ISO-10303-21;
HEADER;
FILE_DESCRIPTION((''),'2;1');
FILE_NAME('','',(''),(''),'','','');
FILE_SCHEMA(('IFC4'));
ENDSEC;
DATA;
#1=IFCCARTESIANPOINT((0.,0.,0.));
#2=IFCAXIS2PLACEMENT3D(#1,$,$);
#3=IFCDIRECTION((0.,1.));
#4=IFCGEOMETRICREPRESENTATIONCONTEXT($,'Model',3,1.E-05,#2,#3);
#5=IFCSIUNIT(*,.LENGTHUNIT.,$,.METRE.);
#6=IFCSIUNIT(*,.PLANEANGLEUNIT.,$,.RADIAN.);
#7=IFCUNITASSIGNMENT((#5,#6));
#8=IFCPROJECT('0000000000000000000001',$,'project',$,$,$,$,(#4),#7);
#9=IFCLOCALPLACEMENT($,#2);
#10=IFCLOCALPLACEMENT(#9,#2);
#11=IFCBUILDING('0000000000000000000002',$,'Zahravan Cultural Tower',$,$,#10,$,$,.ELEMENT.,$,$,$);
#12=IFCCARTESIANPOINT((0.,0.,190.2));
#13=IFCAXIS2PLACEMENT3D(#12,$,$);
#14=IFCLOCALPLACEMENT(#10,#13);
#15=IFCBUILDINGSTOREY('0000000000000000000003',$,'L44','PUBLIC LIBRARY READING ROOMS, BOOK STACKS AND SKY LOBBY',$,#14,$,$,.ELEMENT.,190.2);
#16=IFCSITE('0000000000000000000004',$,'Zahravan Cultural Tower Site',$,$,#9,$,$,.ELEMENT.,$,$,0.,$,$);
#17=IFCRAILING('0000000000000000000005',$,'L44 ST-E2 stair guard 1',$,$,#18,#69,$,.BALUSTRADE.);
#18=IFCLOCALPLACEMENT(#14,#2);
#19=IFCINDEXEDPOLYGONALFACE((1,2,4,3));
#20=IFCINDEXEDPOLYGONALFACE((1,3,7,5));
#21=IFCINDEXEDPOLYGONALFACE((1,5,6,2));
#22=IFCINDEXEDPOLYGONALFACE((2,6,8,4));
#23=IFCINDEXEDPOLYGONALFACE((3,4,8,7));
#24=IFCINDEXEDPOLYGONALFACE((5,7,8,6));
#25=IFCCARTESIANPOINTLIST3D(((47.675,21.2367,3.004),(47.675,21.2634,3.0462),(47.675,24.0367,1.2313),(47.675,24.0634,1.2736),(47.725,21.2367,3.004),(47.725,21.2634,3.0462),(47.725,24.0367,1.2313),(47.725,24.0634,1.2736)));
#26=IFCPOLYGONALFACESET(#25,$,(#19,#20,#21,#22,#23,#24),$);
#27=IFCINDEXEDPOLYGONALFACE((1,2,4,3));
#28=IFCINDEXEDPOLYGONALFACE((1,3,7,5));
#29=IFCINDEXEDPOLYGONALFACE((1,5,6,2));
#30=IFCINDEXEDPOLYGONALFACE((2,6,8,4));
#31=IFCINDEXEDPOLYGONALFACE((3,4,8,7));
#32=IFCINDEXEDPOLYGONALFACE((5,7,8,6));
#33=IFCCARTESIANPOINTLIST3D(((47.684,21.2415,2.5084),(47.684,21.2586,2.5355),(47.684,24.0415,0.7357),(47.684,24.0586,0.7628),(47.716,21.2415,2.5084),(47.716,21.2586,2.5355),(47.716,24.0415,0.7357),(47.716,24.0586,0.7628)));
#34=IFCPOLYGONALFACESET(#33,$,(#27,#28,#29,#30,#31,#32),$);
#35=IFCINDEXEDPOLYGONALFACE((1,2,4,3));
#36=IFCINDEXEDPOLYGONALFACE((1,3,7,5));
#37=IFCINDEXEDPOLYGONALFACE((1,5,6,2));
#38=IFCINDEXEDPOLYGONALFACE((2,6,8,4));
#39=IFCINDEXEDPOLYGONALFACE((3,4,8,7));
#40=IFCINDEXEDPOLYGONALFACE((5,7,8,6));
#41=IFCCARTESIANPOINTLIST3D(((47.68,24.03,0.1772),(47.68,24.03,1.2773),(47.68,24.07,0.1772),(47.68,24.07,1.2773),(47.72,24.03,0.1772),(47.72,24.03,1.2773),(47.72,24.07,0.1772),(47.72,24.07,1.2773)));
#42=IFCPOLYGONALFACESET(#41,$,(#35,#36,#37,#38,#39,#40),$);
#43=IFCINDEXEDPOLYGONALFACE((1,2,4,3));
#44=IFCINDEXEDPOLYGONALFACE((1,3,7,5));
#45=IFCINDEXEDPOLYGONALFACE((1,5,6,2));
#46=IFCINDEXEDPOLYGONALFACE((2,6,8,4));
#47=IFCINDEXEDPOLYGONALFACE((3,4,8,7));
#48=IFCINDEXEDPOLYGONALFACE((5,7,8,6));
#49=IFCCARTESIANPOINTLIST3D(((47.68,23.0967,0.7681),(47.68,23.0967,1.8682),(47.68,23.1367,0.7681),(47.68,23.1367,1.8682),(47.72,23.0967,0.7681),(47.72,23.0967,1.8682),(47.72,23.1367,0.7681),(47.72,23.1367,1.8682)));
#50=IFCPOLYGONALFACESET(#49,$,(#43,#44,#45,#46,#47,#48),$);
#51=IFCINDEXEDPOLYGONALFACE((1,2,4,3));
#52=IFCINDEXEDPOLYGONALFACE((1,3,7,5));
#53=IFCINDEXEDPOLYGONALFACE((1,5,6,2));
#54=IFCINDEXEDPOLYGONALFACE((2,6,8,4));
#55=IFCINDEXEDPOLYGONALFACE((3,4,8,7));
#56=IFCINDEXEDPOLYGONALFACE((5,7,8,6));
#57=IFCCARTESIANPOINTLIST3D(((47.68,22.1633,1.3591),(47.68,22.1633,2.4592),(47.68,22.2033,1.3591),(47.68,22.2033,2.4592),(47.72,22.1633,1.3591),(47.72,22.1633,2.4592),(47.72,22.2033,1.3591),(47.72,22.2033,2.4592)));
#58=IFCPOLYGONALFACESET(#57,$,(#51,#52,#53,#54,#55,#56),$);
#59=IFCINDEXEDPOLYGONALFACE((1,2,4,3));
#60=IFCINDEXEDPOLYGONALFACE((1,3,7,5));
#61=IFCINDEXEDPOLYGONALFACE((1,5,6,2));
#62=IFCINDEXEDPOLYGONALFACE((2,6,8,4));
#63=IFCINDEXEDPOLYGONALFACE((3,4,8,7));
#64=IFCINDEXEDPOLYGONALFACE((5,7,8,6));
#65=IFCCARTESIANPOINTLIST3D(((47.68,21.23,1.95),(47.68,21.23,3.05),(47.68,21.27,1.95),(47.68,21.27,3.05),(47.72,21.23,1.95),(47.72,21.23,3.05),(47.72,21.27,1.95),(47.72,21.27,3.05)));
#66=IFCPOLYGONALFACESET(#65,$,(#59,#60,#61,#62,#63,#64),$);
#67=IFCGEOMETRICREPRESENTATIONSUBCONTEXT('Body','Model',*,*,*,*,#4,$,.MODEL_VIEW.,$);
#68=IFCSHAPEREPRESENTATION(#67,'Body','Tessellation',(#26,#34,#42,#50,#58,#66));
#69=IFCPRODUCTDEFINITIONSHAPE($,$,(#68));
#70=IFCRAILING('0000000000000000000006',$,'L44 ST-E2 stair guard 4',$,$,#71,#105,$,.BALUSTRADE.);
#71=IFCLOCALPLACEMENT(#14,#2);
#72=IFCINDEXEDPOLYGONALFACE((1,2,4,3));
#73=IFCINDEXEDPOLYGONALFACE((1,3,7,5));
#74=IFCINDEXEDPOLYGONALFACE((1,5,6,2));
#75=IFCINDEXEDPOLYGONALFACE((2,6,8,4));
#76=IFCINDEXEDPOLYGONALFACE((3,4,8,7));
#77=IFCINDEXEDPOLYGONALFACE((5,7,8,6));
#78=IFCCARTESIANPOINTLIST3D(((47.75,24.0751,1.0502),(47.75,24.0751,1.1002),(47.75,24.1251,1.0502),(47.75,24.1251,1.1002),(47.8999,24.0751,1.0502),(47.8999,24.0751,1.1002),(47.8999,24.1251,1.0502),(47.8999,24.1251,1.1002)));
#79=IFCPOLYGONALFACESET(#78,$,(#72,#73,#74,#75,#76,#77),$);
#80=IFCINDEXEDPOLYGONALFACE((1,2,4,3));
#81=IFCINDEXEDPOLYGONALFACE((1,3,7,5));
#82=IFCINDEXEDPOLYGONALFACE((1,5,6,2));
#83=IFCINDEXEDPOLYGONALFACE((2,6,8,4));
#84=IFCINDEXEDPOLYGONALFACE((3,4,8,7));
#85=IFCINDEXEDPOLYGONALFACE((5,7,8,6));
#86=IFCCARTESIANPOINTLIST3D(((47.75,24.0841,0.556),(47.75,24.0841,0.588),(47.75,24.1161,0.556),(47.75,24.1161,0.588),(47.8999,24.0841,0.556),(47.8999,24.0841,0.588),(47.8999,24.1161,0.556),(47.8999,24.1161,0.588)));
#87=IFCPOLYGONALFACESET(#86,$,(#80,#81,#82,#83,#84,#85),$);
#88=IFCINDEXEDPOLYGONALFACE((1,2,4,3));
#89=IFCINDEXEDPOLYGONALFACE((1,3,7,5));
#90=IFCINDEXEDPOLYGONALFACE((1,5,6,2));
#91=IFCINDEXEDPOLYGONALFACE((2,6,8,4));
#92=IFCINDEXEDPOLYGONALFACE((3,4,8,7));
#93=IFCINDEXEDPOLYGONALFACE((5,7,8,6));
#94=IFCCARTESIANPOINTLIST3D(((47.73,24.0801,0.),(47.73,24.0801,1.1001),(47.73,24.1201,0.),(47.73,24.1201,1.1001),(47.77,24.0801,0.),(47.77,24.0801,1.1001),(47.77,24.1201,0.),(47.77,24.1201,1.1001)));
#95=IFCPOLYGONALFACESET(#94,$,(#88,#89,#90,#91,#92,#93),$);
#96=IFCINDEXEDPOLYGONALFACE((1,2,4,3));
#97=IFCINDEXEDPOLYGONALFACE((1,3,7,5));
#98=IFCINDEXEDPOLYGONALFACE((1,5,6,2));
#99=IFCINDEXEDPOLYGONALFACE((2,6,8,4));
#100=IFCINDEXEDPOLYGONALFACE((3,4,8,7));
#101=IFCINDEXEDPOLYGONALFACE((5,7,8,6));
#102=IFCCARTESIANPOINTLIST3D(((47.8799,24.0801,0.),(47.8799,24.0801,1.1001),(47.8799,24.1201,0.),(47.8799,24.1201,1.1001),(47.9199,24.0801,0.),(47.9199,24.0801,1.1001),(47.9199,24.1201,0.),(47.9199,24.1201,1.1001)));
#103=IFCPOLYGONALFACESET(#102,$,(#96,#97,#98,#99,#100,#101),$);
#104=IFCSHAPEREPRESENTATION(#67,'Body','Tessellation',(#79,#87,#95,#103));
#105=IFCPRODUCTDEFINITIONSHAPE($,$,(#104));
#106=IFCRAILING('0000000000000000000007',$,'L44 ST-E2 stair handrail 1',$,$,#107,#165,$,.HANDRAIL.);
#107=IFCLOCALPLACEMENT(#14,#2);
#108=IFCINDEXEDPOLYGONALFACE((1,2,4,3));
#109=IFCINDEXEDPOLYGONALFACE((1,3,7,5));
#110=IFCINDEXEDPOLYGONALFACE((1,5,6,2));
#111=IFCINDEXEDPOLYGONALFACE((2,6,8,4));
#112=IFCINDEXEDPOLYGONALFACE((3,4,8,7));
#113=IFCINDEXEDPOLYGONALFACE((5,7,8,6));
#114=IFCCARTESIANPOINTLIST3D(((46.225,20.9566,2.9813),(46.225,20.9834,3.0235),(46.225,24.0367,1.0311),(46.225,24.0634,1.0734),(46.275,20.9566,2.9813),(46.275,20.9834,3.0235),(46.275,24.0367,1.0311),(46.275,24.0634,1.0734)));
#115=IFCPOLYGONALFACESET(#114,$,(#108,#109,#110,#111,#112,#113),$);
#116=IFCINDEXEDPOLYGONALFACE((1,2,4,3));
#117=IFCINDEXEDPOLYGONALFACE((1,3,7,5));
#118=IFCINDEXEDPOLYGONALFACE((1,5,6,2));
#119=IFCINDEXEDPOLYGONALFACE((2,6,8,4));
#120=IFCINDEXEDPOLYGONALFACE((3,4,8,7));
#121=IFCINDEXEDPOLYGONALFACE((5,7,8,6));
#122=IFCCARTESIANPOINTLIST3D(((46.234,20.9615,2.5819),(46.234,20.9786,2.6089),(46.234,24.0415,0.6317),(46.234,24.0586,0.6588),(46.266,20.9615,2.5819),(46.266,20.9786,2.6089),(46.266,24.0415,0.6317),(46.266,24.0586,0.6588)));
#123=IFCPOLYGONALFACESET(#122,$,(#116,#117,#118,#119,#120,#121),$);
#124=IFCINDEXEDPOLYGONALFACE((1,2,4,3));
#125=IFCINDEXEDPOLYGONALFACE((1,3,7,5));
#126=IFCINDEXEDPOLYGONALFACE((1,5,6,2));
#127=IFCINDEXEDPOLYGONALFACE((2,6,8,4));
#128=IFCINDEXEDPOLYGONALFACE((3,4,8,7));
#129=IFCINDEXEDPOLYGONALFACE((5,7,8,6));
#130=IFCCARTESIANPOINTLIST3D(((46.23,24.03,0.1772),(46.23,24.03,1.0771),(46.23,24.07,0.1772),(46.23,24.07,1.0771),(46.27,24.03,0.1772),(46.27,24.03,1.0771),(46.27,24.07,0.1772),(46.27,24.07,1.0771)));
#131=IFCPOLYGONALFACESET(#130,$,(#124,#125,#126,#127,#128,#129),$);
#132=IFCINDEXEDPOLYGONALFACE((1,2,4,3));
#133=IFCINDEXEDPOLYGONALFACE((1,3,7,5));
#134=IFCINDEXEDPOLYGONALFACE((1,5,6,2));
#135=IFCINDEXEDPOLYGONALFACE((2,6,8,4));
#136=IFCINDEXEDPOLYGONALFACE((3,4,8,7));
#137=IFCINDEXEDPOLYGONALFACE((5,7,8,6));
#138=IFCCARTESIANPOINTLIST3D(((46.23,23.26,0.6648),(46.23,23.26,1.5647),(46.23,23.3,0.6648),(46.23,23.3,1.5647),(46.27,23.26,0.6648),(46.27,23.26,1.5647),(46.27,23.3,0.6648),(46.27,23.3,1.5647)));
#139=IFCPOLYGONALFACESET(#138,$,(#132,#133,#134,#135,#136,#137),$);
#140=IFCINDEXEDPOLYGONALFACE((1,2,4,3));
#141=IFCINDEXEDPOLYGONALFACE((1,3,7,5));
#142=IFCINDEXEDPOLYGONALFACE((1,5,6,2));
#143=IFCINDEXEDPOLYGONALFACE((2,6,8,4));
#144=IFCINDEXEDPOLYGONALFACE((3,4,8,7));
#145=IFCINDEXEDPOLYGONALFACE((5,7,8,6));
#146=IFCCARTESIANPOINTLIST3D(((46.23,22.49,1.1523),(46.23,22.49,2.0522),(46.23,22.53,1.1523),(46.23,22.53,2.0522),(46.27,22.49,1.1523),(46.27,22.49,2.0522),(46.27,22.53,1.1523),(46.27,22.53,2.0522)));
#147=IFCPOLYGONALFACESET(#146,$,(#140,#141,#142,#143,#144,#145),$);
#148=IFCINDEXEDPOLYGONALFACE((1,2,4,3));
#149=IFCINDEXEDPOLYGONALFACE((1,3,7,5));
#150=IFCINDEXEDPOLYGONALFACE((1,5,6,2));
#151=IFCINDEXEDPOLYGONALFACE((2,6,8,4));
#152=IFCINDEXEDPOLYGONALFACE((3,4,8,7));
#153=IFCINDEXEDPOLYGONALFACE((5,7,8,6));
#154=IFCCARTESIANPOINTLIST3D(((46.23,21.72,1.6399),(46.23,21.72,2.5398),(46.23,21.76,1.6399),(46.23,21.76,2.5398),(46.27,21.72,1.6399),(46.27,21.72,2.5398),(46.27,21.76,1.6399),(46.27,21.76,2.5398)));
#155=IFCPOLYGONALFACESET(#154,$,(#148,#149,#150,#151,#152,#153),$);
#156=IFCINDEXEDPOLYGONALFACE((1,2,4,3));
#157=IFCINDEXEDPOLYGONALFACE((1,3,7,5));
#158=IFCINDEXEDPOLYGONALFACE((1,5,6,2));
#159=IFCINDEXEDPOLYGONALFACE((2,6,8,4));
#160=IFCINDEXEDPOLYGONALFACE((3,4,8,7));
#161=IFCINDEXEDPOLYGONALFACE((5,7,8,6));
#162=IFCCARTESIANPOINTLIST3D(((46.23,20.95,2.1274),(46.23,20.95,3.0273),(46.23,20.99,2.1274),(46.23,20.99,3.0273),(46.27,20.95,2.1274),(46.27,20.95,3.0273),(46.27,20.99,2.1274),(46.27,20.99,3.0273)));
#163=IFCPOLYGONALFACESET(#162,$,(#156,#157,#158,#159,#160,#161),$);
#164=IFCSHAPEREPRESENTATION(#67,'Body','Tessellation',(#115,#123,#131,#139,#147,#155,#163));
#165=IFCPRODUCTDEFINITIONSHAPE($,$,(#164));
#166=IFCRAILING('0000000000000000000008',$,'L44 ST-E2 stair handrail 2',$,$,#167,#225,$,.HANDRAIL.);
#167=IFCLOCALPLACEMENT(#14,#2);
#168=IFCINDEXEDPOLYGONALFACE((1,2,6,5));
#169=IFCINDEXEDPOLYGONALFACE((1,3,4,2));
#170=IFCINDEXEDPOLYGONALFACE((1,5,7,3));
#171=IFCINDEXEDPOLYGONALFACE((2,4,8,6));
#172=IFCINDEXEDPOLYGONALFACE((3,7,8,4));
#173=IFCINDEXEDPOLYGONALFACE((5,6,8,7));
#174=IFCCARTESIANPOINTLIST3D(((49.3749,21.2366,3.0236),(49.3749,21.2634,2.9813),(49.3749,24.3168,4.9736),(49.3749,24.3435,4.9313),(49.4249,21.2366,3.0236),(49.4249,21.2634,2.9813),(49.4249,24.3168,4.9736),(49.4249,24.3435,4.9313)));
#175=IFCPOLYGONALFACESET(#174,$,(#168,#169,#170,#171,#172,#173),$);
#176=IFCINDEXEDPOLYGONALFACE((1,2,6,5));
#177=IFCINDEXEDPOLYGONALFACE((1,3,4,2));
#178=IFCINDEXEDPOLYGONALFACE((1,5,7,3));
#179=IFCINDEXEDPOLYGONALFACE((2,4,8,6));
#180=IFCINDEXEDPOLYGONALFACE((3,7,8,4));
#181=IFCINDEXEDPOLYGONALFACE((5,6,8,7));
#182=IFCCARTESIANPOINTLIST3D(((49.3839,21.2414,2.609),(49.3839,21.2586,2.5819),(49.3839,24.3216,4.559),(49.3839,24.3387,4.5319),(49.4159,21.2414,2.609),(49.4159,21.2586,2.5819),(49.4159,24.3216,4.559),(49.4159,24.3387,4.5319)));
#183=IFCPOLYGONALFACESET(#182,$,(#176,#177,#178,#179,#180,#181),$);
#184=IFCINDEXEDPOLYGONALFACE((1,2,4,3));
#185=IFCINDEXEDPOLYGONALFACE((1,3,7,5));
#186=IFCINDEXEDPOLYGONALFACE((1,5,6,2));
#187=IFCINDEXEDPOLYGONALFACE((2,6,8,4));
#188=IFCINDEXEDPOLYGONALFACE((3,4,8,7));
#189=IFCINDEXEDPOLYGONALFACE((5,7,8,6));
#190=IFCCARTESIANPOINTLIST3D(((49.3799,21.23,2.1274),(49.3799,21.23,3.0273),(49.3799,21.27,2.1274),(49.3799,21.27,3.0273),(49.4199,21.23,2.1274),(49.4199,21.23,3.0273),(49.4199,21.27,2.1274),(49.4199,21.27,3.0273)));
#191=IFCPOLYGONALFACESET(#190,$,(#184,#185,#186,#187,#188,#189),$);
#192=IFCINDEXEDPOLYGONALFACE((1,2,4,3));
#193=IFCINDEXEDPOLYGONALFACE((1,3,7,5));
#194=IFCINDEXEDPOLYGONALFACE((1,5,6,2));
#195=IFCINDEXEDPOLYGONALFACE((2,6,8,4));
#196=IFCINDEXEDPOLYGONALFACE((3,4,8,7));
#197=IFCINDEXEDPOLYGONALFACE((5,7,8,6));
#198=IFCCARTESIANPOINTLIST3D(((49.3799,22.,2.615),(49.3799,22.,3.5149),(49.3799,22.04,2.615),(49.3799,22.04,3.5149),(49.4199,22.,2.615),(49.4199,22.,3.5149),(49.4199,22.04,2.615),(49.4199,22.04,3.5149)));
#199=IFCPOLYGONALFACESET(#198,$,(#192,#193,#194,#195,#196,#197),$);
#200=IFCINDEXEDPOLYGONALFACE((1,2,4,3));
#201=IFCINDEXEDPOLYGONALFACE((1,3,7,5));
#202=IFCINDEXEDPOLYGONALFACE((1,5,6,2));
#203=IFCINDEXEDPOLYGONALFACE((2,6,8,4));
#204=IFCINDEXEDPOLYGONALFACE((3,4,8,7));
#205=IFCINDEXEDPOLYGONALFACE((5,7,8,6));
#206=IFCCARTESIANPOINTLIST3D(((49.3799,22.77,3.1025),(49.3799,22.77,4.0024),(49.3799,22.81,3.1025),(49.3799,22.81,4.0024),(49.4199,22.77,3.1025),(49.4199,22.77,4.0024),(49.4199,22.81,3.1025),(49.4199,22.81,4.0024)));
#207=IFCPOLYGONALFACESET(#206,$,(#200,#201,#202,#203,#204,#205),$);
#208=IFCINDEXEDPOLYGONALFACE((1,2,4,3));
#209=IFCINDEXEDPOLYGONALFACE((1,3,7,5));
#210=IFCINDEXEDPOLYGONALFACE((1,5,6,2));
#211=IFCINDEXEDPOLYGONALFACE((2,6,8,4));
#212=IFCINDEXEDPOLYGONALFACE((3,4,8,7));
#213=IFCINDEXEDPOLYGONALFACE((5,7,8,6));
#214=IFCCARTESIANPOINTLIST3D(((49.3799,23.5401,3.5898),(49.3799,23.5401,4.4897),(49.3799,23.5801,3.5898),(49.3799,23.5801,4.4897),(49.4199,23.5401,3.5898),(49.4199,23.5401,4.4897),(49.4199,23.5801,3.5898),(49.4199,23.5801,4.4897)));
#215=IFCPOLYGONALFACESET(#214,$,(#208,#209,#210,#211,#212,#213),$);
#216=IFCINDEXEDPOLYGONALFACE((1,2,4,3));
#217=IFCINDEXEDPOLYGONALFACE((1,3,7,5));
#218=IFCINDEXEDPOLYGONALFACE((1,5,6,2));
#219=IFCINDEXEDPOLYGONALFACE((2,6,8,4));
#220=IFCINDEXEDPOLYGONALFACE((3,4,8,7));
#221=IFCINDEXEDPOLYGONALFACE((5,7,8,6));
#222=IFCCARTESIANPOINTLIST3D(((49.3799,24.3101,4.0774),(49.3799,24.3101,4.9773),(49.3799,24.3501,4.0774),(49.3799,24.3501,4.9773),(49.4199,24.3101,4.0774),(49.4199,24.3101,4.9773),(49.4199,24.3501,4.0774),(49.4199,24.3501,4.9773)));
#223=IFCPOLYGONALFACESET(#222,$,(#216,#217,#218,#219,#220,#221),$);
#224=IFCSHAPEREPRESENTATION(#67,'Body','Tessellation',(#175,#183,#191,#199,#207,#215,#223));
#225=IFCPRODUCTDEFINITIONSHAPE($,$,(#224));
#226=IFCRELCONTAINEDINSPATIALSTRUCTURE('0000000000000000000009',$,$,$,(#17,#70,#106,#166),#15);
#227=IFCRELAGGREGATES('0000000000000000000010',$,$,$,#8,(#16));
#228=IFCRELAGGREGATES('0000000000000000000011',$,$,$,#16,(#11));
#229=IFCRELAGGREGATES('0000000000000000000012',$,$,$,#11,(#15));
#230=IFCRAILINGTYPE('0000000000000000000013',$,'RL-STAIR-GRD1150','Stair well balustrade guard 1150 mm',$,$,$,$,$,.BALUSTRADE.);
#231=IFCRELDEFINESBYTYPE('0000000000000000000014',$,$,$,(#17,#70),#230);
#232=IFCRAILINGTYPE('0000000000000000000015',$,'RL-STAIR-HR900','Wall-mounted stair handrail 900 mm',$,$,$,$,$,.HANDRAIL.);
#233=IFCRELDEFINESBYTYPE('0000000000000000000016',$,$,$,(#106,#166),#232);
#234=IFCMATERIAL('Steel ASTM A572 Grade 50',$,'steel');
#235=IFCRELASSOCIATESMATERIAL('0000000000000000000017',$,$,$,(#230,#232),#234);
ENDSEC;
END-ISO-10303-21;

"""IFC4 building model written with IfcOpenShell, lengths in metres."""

from ifc_helpers import new_model, si_unit, direction, frame, origin, origin_2d, place, context, subcontext, project, spatial, rectangle, extrude, material, type_object, element, save


model = new_model("IFC4")

# Units and contexts
model_context = context("Model", 3, precision=1e-05, world=origin(), true_north=direction((0.0, 1.0)))
body_context = subcontext(model_context, "Body", "Model", "MODEL_VIEW")
ifc_project = project(units=[si_unit("LENGTHUNIT", "METRE"), si_unit("PLANEANGLEUNIT", "RADIAN")], contexts=[model_context])

# Site, building, storey
site_placement = place(None, origin())
site = spatial("IfcSite", under=ifc_project, at=site_placement, Name="Zahravan Cultural Tower Site", CompositionType="ELEMENT", RefElevation=0.0)
building_placement = place(site_placement, origin())
building = spatial("IfcBuilding", under=site, at=building_placement, Name="Zahravan Cultural Tower", CompositionType="ELEMENT")
storey_placement = place(building_placement, frame((0.0, 0.0, 190.2)))
storey = spatial("IfcBuildingStorey", under=building, at=storey_placement, Name="L44", Description="PUBLIC LIBRARY READING ROOMS, BOOK STACKS AND SKY LOBBY", CompositionType="ELEMENT", Elevation=190.2)

# Railings
ifc_material_1 = material(Name="Steel ASTM A572 Grade 50", Category="steel")
railing_type_1 = type_object("IfcRailingType", Name="RL-STAIR-GRD1150", Description="Stair well balustrade guard 1150 mm", PredefinedType="BALUSTRADE", material=ifc_material_1)
railing_1_placement = place(storey_placement, frame((47.7, 24.05, 0.1772)))
element("IfcRailing", 1, at=railing_1_placement, inside=storey, type_object=railing_type_1, Name="L44 ST-E2 stair guard 1", PredefinedType="BALUSTRADE", context=body_context, shape_type="SweptSolid", body=[
    extrude(rectangle(XDim=0.05, YDim=0.05, at=origin_2d()), frame((0.0, 0.0, 1.0752), z_axis=(0.0, -0.844909, 0.53491), x_axis=(1.0, 0.0, 0.0)), (0.0, 0.0, 1.0), 3.314),
    extrude(rectangle(XDim=0.032, YDim=0.032, at=origin_2d()), frame((0.0, 0.0, 0.572), z_axis=(0.0, -0.844909, 0.53491), x_axis=(1.0, 0.0, 0.0)), (0.0, 0.0, 1.0), 3.314),
    extrude(rectangle(XDim=0.04, YDim=0.04, at=origin_2d()), origin(), (0.0, 0.0, 1.0), 1.1001),
    extrude(rectangle(XDim=0.04, YDim=0.04, at=origin_2d()), frame((0.0, -0.9333, 0.5908)), (0.0, 0.0, 1.0), 1.1001),
    extrude(rectangle(XDim=0.04, YDim=0.04, at=origin_2d()), frame((0.0, -1.8667, 1.1819)), (0.0, 0.0, 1.0), 1.1001),
    extrude(rectangle(XDim=0.04, YDim=0.04, at=origin_2d()), frame((0.0, -2.8, 1.7727)), (0.0, 0.0, 1.0), 1.1001),
])
railing_2_placement = place(storey_placement, frame((47.75, 24.1001, 0.0)))
element("IfcRailing", 2, at=railing_2_placement, inside=storey, type_object=railing_type_1, Name="L44 ST-E2 stair guard 4", PredefinedType="BALUSTRADE", context=body_context, shape_type="SweptSolid", body=[
    extrude(rectangle(XDim=0.05, YDim=0.05, at=origin_2d()), frame((0.0, 0.0, 1.0752), z_axis=(1.0, 0.0, 0.0), x_axis=(0.0, 1.0, 0.0)), (0.0, 0.0, 1.0), 0.1499),
    extrude(rectangle(XDim=0.032, YDim=0.032, at=origin_2d()), frame((0.0, 0.0, 0.572), z_axis=(1.0, 0.0, 0.0), x_axis=(0.0, 1.0, 0.0)), (0.0, 0.0, 1.0), 0.1499),
    extrude(rectangle(XDim=0.04, YDim=0.04, at=origin_2d()), origin(), (0.0, 0.0, 1.0), 1.1001),
    extrude(rectangle(XDim=0.04, YDim=0.04, at=origin_2d()), frame((0.1499, 0.0, 0.0)), (0.0, 0.0, 1.0), 1.1001),
])
railing_type_2 = type_object("IfcRailingType", Name="RL-STAIR-HR900", Description="Wall-mounted stair handrail 900 mm", PredefinedType="HANDRAIL", material=ifc_material_1)
railing_3_placement = place(storey_placement, frame((46.25, 24.05, 0.1772)))
element("IfcRailing", 3, at=railing_3_placement, inside=storey, type_object=railing_type_2, Name="L44 ST-E2 stair handrail 1", PredefinedType="HANDRAIL", context=body_context, shape_type="SweptSolid", body=[
    extrude(rectangle(XDim=0.05, YDim=0.05, at=origin_2d()), frame((0.0, 0.0, 0.875), z_axis=(0.0, -0.844884, 0.53495), x_axis=(1.0, 0.0, 0.0)), (0.0, 0.0, 1.0), 3.6455),
    extrude(rectangle(XDim=0.032, YDim=0.032, at=origin_2d()), frame((0.0, 0.0, 0.468), z_axis=(0.0, -0.844884, 0.53495), x_axis=(1.0, 0.0, 0.0)), (0.0, 0.0, 1.0), 3.6455),
    extrude(rectangle(XDim=0.04, YDim=0.04, at=origin_2d()), origin(), (0.0, 0.0, 1.0), 0.8999),
    extrude(rectangle(XDim=0.04, YDim=0.04, at=origin_2d()), frame((0.0, -0.77, 0.4875)), (0.0, 0.0, 1.0), 0.8999),
    extrude(rectangle(XDim=0.04, YDim=0.04, at=origin_2d()), frame((0.0, -1.54, 0.9751)), (0.0, 0.0, 1.0), 0.8999),
    extrude(rectangle(XDim=0.04, YDim=0.04, at=origin_2d()), frame((0.0, -2.3101, 1.4626)), (0.0, 0.0, 1.0), 0.8999),
    extrude(rectangle(XDim=0.04, YDim=0.04, at=origin_2d()), frame((0.0, -3.0801, 1.9502)), (0.0, 0.0, 1.0), 0.8999),
])
railing_4_placement = place(storey_placement, frame((49.3999, 21.25, 2.1274)))
element("IfcRailing", 4, at=railing_4_placement, inside=storey, type_object=railing_type_2, Name="L44 ST-E2 stair handrail 2", PredefinedType="HANDRAIL", context=body_context, shape_type="SweptSolid", body=[
    extrude(rectangle(XDim=0.05, YDim=0.05, at=origin_2d()), frame((0.0, 0.0, 0.875), z_axis=(0.0, 0.844914, 0.534902), x_axis=(-1.0, 0.0, 0.0)), (0.0, 0.0, 1.0), 3.6455),
    extrude(rectangle(XDim=0.032, YDim=0.032, at=origin_2d()), frame((0.0, 0.0, 0.468), z_axis=(0.0, 0.844914, 0.534902), x_axis=(-1.0, 0.0, 0.0)), (0.0, 0.0, 1.0), 3.6455),
    extrude(rectangle(XDim=0.04, YDim=0.04, at=origin_2d()), origin(), (0.0, 0.0, 1.0), 0.8999),
    extrude(rectangle(XDim=0.04, YDim=0.04, at=origin_2d()), frame((0.0, 0.77, 0.4875)), (0.0, 0.0, 1.0), 0.8999),
    extrude(rectangle(XDim=0.04, YDim=0.04, at=origin_2d()), frame((0.0, 1.54, 0.9751)), (0.0, 0.0, 1.0), 0.8999),
    extrude(rectangle(XDim=0.04, YDim=0.04, at=origin_2d()), frame((0.0, 2.3101, 1.4624)), (0.0, 0.0, 1.0), 0.8999),
    extrude(rectangle(XDim=0.04, YDim=0.04, at=origin_2d()), frame((0.0, 3.0801, 1.95)), (0.0, 0.0, 1.0), 0.8999),
])

save(model, "model.ifc")
